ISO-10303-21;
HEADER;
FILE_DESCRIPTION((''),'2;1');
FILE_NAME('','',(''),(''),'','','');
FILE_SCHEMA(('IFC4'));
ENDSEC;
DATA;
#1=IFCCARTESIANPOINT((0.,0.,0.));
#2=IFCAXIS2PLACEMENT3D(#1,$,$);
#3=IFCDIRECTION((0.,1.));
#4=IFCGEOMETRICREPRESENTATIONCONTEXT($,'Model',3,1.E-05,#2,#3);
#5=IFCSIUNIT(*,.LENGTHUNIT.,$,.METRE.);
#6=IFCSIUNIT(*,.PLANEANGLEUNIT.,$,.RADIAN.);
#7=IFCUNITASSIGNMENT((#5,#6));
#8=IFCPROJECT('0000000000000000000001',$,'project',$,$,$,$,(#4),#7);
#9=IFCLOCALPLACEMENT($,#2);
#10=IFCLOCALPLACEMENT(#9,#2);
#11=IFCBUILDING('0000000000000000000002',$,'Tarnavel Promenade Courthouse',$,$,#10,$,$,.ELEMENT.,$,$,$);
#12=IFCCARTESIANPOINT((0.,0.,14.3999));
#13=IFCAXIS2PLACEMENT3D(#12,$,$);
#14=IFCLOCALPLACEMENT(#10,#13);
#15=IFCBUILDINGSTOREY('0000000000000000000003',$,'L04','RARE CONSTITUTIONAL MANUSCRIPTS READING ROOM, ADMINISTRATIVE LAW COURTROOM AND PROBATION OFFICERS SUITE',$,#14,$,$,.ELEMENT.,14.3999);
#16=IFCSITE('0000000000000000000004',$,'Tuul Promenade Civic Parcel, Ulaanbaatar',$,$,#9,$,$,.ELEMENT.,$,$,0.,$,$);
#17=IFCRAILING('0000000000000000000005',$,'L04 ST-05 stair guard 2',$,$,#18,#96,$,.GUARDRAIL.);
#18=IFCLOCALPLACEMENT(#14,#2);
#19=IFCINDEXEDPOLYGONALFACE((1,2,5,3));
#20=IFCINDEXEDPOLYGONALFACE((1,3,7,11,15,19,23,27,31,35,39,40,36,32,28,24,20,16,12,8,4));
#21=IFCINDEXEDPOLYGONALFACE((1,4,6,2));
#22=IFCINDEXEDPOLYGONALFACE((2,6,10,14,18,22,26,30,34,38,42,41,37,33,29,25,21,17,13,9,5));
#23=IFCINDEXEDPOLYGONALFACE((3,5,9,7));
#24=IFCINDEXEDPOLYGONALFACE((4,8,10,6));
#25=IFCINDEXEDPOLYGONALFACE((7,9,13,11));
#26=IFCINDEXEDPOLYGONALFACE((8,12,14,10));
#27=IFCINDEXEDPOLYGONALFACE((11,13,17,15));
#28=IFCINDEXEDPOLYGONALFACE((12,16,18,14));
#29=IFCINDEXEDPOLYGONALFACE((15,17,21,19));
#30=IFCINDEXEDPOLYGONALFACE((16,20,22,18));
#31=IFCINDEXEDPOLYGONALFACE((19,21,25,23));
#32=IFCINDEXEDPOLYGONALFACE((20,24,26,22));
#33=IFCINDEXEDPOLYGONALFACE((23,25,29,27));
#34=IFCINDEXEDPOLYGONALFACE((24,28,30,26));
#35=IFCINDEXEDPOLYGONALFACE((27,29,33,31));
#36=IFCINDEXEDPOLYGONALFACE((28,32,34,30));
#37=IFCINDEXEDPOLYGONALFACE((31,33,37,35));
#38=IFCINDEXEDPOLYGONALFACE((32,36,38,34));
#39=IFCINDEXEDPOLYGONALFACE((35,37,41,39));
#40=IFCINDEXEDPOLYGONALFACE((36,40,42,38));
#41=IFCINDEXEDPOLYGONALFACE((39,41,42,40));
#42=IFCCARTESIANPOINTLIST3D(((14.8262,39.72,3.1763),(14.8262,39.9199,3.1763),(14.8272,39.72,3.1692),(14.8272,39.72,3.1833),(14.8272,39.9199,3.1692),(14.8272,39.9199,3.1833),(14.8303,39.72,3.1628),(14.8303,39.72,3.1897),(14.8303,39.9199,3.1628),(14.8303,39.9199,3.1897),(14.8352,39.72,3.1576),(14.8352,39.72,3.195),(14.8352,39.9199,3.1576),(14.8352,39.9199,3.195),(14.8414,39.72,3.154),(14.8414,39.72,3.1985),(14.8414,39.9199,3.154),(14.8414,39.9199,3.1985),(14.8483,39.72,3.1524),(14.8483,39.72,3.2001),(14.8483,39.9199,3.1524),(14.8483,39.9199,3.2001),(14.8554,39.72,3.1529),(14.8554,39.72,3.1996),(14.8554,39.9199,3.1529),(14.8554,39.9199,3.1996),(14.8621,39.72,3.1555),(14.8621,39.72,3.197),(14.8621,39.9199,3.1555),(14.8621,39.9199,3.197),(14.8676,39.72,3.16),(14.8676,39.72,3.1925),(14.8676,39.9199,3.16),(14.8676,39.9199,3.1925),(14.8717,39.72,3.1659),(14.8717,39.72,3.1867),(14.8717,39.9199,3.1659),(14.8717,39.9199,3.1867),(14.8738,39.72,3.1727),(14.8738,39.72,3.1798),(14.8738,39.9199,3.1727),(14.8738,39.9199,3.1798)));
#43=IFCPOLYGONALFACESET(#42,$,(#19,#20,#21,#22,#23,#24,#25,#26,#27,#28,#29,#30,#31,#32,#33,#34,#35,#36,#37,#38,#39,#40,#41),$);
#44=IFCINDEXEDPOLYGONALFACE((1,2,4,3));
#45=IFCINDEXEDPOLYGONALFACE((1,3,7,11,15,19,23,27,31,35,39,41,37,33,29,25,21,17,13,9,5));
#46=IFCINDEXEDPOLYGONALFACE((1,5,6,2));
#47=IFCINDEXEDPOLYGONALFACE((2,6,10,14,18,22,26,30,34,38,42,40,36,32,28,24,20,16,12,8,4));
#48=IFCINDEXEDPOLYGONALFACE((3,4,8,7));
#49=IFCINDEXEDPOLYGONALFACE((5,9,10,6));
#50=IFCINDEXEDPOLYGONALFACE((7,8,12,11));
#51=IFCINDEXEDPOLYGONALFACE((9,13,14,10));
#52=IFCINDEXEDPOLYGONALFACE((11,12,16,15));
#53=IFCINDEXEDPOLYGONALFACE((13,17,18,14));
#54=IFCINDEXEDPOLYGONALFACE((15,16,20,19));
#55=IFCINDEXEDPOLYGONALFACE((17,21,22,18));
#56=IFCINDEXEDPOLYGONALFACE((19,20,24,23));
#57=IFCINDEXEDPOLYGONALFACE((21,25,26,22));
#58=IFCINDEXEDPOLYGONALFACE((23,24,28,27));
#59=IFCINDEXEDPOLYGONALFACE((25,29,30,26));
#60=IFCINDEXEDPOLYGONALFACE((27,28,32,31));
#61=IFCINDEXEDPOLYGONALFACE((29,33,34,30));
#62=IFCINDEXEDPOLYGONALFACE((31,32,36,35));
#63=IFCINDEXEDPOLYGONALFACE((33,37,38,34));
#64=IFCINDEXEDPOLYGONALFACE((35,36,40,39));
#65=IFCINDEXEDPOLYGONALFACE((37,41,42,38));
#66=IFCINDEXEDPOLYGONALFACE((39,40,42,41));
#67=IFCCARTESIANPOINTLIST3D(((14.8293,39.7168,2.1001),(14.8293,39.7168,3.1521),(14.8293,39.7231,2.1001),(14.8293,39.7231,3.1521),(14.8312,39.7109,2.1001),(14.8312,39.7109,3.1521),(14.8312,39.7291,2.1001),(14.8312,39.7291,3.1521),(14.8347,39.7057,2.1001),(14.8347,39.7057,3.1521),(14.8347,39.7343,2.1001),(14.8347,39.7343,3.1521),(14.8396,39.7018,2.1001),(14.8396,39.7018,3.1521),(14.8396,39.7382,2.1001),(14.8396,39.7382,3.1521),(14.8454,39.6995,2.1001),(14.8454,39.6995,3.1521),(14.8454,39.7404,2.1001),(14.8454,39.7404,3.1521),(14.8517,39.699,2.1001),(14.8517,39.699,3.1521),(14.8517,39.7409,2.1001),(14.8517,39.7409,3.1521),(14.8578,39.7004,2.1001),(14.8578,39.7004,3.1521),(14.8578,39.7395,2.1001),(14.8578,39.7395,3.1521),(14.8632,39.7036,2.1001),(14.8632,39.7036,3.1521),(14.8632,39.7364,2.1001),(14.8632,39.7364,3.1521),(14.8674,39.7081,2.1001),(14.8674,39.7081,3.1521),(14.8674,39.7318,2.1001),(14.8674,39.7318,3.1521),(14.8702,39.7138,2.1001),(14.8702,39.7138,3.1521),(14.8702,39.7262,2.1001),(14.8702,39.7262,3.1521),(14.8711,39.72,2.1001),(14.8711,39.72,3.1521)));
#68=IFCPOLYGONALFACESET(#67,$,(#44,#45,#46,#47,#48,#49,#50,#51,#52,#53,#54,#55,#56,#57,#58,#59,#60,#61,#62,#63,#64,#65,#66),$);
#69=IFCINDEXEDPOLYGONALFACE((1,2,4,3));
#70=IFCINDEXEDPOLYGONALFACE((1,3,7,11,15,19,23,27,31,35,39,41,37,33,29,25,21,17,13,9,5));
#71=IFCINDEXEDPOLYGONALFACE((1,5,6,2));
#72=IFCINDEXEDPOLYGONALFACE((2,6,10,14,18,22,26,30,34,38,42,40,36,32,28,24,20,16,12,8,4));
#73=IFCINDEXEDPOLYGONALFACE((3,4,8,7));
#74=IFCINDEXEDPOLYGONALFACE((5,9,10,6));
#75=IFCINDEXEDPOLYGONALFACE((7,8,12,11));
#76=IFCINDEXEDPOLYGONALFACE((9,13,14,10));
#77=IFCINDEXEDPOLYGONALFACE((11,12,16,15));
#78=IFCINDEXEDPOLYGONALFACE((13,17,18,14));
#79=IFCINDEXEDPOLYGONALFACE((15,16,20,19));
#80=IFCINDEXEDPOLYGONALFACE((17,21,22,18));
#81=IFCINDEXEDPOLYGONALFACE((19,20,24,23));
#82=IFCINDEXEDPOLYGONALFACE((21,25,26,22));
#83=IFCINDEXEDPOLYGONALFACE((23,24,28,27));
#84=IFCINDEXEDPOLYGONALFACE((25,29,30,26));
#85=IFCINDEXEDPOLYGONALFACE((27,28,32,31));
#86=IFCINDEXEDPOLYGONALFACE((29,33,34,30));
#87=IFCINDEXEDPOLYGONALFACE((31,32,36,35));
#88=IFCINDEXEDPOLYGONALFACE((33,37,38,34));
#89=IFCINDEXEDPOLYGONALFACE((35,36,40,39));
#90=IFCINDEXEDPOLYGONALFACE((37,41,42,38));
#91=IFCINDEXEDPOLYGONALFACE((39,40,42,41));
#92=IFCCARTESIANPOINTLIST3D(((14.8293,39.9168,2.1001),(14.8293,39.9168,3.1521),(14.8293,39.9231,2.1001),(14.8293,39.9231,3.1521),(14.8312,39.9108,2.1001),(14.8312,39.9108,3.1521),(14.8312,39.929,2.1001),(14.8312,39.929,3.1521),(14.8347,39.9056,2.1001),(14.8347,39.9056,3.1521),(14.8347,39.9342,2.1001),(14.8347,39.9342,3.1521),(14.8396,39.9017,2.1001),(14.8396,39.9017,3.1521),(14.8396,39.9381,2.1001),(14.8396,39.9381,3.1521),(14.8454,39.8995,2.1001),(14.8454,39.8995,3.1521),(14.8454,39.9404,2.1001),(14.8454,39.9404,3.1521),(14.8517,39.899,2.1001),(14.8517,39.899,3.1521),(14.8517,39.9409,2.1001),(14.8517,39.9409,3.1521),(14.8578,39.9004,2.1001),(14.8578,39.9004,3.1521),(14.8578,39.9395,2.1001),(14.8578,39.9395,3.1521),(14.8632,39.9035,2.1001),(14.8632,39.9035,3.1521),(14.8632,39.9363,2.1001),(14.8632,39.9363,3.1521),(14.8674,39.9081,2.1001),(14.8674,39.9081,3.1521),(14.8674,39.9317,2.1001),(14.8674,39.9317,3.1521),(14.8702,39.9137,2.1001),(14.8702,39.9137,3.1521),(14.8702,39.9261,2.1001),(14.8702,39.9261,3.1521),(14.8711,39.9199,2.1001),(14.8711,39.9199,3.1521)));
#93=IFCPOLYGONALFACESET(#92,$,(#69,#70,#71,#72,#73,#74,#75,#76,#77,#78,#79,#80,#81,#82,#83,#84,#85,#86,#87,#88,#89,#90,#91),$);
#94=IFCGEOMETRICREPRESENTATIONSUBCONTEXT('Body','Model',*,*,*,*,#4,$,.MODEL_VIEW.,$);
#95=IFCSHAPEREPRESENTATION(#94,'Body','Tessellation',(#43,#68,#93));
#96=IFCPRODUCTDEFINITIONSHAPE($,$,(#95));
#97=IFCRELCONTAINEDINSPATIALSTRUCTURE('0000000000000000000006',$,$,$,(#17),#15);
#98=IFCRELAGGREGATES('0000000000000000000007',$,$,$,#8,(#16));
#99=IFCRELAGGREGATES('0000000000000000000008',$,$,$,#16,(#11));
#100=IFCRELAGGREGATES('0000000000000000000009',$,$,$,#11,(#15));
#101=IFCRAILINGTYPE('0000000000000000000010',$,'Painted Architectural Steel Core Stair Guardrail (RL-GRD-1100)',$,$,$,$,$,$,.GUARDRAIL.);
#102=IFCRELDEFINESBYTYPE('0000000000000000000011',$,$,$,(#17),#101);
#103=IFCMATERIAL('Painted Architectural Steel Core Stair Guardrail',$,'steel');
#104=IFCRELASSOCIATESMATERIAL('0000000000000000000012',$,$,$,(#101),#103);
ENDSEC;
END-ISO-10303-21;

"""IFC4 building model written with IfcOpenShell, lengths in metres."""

from ifc_helpers import new_model, si_unit, direction, frame, origin, origin_2d, place, context, subcontext, project, spatial, circle, extrude, material, type_object, element, save


model = new_model("IFC4")

# Units and contexts
model_context = context("Model", 3, precision=1e-05, world=origin(), true_north=direction((0.0, 1.0)))
body_context = subcontext(model_context, "Body", "Model", "MODEL_VIEW")
ifc_project = project(units=[si_unit("LENGTHUNIT", "METRE"), si_unit("PLANEANGLEUNIT", "RADIAN")], contexts=[model_context])

# Site, building, storey
site_placement = place(None, origin())
site = spatial("IfcSite", under=ifc_project, at=site_placement, Name="Tuul Promenade Civic Parcel, Ulaanbaatar", CompositionType="ELEMENT", RefElevation=0.0)
building_placement = place(site_placement, origin())
building = spatial("IfcBuilding", under=site, at=building_placement, Name="Tarnavel Promenade Courthouse", CompositionType="ELEMENT")
storey_placement = place(building_placement, frame((0.0, 0.0, 14.3999)))
storey = spatial("IfcBuildingStorey", under=building, at=storey_placement, Name="L04", Description="RARE CONSTITUTIONAL MANUSCRIPTS READING ROOM, ADMINISTRATIVE LAW COURTROOM AND PROBATION OFFICERS SUITE", CompositionType="ELEMENT", Elevation=14.3999)

# Railing
ifc_material_1 = material(Name="Painted Architectural Steel Core Stair Guardrail", Category="steel")
railing_type_1 = type_object("IfcRailingType", Name="Painted Architectural Steel Core Stair Guardrail (RL-GRD-1100)", PredefinedType="GUARDRAIL", material=ifc_material_1)
railing_1_placement = place(storey_placement, frame((14.8501, 39.72, 2.1001)))
element("IfcRailing", 1, at=railing_1_placement, inside=storey, type_object=railing_type_1, Name="L04 ST-05 stair guard 2", PredefinedType="GUARDRAIL", context=body_context, shape_type="SweptSolid", body=[
    extrude(circle(Radius=0.0239, at=origin_2d()), frame((0.0, 0.0, 1.0762), z_axis=(0.0, 1.0, 0.0), x_axis=(-1.0, 0.0, 0.0)), (0.0, 0.0, 1.0), 0.2),
    extrude(circle(Radius=0.021, at=origin_2d()), origin(), (0.0, 0.0, 1.0), 1.052),
    extrude(circle(Radius=0.021, at=origin_2d()), frame((0.0, 0.2, 0.0)), (0.0, 0.0, 1.0), 1.052),
])

save(model, "model.ifc")
